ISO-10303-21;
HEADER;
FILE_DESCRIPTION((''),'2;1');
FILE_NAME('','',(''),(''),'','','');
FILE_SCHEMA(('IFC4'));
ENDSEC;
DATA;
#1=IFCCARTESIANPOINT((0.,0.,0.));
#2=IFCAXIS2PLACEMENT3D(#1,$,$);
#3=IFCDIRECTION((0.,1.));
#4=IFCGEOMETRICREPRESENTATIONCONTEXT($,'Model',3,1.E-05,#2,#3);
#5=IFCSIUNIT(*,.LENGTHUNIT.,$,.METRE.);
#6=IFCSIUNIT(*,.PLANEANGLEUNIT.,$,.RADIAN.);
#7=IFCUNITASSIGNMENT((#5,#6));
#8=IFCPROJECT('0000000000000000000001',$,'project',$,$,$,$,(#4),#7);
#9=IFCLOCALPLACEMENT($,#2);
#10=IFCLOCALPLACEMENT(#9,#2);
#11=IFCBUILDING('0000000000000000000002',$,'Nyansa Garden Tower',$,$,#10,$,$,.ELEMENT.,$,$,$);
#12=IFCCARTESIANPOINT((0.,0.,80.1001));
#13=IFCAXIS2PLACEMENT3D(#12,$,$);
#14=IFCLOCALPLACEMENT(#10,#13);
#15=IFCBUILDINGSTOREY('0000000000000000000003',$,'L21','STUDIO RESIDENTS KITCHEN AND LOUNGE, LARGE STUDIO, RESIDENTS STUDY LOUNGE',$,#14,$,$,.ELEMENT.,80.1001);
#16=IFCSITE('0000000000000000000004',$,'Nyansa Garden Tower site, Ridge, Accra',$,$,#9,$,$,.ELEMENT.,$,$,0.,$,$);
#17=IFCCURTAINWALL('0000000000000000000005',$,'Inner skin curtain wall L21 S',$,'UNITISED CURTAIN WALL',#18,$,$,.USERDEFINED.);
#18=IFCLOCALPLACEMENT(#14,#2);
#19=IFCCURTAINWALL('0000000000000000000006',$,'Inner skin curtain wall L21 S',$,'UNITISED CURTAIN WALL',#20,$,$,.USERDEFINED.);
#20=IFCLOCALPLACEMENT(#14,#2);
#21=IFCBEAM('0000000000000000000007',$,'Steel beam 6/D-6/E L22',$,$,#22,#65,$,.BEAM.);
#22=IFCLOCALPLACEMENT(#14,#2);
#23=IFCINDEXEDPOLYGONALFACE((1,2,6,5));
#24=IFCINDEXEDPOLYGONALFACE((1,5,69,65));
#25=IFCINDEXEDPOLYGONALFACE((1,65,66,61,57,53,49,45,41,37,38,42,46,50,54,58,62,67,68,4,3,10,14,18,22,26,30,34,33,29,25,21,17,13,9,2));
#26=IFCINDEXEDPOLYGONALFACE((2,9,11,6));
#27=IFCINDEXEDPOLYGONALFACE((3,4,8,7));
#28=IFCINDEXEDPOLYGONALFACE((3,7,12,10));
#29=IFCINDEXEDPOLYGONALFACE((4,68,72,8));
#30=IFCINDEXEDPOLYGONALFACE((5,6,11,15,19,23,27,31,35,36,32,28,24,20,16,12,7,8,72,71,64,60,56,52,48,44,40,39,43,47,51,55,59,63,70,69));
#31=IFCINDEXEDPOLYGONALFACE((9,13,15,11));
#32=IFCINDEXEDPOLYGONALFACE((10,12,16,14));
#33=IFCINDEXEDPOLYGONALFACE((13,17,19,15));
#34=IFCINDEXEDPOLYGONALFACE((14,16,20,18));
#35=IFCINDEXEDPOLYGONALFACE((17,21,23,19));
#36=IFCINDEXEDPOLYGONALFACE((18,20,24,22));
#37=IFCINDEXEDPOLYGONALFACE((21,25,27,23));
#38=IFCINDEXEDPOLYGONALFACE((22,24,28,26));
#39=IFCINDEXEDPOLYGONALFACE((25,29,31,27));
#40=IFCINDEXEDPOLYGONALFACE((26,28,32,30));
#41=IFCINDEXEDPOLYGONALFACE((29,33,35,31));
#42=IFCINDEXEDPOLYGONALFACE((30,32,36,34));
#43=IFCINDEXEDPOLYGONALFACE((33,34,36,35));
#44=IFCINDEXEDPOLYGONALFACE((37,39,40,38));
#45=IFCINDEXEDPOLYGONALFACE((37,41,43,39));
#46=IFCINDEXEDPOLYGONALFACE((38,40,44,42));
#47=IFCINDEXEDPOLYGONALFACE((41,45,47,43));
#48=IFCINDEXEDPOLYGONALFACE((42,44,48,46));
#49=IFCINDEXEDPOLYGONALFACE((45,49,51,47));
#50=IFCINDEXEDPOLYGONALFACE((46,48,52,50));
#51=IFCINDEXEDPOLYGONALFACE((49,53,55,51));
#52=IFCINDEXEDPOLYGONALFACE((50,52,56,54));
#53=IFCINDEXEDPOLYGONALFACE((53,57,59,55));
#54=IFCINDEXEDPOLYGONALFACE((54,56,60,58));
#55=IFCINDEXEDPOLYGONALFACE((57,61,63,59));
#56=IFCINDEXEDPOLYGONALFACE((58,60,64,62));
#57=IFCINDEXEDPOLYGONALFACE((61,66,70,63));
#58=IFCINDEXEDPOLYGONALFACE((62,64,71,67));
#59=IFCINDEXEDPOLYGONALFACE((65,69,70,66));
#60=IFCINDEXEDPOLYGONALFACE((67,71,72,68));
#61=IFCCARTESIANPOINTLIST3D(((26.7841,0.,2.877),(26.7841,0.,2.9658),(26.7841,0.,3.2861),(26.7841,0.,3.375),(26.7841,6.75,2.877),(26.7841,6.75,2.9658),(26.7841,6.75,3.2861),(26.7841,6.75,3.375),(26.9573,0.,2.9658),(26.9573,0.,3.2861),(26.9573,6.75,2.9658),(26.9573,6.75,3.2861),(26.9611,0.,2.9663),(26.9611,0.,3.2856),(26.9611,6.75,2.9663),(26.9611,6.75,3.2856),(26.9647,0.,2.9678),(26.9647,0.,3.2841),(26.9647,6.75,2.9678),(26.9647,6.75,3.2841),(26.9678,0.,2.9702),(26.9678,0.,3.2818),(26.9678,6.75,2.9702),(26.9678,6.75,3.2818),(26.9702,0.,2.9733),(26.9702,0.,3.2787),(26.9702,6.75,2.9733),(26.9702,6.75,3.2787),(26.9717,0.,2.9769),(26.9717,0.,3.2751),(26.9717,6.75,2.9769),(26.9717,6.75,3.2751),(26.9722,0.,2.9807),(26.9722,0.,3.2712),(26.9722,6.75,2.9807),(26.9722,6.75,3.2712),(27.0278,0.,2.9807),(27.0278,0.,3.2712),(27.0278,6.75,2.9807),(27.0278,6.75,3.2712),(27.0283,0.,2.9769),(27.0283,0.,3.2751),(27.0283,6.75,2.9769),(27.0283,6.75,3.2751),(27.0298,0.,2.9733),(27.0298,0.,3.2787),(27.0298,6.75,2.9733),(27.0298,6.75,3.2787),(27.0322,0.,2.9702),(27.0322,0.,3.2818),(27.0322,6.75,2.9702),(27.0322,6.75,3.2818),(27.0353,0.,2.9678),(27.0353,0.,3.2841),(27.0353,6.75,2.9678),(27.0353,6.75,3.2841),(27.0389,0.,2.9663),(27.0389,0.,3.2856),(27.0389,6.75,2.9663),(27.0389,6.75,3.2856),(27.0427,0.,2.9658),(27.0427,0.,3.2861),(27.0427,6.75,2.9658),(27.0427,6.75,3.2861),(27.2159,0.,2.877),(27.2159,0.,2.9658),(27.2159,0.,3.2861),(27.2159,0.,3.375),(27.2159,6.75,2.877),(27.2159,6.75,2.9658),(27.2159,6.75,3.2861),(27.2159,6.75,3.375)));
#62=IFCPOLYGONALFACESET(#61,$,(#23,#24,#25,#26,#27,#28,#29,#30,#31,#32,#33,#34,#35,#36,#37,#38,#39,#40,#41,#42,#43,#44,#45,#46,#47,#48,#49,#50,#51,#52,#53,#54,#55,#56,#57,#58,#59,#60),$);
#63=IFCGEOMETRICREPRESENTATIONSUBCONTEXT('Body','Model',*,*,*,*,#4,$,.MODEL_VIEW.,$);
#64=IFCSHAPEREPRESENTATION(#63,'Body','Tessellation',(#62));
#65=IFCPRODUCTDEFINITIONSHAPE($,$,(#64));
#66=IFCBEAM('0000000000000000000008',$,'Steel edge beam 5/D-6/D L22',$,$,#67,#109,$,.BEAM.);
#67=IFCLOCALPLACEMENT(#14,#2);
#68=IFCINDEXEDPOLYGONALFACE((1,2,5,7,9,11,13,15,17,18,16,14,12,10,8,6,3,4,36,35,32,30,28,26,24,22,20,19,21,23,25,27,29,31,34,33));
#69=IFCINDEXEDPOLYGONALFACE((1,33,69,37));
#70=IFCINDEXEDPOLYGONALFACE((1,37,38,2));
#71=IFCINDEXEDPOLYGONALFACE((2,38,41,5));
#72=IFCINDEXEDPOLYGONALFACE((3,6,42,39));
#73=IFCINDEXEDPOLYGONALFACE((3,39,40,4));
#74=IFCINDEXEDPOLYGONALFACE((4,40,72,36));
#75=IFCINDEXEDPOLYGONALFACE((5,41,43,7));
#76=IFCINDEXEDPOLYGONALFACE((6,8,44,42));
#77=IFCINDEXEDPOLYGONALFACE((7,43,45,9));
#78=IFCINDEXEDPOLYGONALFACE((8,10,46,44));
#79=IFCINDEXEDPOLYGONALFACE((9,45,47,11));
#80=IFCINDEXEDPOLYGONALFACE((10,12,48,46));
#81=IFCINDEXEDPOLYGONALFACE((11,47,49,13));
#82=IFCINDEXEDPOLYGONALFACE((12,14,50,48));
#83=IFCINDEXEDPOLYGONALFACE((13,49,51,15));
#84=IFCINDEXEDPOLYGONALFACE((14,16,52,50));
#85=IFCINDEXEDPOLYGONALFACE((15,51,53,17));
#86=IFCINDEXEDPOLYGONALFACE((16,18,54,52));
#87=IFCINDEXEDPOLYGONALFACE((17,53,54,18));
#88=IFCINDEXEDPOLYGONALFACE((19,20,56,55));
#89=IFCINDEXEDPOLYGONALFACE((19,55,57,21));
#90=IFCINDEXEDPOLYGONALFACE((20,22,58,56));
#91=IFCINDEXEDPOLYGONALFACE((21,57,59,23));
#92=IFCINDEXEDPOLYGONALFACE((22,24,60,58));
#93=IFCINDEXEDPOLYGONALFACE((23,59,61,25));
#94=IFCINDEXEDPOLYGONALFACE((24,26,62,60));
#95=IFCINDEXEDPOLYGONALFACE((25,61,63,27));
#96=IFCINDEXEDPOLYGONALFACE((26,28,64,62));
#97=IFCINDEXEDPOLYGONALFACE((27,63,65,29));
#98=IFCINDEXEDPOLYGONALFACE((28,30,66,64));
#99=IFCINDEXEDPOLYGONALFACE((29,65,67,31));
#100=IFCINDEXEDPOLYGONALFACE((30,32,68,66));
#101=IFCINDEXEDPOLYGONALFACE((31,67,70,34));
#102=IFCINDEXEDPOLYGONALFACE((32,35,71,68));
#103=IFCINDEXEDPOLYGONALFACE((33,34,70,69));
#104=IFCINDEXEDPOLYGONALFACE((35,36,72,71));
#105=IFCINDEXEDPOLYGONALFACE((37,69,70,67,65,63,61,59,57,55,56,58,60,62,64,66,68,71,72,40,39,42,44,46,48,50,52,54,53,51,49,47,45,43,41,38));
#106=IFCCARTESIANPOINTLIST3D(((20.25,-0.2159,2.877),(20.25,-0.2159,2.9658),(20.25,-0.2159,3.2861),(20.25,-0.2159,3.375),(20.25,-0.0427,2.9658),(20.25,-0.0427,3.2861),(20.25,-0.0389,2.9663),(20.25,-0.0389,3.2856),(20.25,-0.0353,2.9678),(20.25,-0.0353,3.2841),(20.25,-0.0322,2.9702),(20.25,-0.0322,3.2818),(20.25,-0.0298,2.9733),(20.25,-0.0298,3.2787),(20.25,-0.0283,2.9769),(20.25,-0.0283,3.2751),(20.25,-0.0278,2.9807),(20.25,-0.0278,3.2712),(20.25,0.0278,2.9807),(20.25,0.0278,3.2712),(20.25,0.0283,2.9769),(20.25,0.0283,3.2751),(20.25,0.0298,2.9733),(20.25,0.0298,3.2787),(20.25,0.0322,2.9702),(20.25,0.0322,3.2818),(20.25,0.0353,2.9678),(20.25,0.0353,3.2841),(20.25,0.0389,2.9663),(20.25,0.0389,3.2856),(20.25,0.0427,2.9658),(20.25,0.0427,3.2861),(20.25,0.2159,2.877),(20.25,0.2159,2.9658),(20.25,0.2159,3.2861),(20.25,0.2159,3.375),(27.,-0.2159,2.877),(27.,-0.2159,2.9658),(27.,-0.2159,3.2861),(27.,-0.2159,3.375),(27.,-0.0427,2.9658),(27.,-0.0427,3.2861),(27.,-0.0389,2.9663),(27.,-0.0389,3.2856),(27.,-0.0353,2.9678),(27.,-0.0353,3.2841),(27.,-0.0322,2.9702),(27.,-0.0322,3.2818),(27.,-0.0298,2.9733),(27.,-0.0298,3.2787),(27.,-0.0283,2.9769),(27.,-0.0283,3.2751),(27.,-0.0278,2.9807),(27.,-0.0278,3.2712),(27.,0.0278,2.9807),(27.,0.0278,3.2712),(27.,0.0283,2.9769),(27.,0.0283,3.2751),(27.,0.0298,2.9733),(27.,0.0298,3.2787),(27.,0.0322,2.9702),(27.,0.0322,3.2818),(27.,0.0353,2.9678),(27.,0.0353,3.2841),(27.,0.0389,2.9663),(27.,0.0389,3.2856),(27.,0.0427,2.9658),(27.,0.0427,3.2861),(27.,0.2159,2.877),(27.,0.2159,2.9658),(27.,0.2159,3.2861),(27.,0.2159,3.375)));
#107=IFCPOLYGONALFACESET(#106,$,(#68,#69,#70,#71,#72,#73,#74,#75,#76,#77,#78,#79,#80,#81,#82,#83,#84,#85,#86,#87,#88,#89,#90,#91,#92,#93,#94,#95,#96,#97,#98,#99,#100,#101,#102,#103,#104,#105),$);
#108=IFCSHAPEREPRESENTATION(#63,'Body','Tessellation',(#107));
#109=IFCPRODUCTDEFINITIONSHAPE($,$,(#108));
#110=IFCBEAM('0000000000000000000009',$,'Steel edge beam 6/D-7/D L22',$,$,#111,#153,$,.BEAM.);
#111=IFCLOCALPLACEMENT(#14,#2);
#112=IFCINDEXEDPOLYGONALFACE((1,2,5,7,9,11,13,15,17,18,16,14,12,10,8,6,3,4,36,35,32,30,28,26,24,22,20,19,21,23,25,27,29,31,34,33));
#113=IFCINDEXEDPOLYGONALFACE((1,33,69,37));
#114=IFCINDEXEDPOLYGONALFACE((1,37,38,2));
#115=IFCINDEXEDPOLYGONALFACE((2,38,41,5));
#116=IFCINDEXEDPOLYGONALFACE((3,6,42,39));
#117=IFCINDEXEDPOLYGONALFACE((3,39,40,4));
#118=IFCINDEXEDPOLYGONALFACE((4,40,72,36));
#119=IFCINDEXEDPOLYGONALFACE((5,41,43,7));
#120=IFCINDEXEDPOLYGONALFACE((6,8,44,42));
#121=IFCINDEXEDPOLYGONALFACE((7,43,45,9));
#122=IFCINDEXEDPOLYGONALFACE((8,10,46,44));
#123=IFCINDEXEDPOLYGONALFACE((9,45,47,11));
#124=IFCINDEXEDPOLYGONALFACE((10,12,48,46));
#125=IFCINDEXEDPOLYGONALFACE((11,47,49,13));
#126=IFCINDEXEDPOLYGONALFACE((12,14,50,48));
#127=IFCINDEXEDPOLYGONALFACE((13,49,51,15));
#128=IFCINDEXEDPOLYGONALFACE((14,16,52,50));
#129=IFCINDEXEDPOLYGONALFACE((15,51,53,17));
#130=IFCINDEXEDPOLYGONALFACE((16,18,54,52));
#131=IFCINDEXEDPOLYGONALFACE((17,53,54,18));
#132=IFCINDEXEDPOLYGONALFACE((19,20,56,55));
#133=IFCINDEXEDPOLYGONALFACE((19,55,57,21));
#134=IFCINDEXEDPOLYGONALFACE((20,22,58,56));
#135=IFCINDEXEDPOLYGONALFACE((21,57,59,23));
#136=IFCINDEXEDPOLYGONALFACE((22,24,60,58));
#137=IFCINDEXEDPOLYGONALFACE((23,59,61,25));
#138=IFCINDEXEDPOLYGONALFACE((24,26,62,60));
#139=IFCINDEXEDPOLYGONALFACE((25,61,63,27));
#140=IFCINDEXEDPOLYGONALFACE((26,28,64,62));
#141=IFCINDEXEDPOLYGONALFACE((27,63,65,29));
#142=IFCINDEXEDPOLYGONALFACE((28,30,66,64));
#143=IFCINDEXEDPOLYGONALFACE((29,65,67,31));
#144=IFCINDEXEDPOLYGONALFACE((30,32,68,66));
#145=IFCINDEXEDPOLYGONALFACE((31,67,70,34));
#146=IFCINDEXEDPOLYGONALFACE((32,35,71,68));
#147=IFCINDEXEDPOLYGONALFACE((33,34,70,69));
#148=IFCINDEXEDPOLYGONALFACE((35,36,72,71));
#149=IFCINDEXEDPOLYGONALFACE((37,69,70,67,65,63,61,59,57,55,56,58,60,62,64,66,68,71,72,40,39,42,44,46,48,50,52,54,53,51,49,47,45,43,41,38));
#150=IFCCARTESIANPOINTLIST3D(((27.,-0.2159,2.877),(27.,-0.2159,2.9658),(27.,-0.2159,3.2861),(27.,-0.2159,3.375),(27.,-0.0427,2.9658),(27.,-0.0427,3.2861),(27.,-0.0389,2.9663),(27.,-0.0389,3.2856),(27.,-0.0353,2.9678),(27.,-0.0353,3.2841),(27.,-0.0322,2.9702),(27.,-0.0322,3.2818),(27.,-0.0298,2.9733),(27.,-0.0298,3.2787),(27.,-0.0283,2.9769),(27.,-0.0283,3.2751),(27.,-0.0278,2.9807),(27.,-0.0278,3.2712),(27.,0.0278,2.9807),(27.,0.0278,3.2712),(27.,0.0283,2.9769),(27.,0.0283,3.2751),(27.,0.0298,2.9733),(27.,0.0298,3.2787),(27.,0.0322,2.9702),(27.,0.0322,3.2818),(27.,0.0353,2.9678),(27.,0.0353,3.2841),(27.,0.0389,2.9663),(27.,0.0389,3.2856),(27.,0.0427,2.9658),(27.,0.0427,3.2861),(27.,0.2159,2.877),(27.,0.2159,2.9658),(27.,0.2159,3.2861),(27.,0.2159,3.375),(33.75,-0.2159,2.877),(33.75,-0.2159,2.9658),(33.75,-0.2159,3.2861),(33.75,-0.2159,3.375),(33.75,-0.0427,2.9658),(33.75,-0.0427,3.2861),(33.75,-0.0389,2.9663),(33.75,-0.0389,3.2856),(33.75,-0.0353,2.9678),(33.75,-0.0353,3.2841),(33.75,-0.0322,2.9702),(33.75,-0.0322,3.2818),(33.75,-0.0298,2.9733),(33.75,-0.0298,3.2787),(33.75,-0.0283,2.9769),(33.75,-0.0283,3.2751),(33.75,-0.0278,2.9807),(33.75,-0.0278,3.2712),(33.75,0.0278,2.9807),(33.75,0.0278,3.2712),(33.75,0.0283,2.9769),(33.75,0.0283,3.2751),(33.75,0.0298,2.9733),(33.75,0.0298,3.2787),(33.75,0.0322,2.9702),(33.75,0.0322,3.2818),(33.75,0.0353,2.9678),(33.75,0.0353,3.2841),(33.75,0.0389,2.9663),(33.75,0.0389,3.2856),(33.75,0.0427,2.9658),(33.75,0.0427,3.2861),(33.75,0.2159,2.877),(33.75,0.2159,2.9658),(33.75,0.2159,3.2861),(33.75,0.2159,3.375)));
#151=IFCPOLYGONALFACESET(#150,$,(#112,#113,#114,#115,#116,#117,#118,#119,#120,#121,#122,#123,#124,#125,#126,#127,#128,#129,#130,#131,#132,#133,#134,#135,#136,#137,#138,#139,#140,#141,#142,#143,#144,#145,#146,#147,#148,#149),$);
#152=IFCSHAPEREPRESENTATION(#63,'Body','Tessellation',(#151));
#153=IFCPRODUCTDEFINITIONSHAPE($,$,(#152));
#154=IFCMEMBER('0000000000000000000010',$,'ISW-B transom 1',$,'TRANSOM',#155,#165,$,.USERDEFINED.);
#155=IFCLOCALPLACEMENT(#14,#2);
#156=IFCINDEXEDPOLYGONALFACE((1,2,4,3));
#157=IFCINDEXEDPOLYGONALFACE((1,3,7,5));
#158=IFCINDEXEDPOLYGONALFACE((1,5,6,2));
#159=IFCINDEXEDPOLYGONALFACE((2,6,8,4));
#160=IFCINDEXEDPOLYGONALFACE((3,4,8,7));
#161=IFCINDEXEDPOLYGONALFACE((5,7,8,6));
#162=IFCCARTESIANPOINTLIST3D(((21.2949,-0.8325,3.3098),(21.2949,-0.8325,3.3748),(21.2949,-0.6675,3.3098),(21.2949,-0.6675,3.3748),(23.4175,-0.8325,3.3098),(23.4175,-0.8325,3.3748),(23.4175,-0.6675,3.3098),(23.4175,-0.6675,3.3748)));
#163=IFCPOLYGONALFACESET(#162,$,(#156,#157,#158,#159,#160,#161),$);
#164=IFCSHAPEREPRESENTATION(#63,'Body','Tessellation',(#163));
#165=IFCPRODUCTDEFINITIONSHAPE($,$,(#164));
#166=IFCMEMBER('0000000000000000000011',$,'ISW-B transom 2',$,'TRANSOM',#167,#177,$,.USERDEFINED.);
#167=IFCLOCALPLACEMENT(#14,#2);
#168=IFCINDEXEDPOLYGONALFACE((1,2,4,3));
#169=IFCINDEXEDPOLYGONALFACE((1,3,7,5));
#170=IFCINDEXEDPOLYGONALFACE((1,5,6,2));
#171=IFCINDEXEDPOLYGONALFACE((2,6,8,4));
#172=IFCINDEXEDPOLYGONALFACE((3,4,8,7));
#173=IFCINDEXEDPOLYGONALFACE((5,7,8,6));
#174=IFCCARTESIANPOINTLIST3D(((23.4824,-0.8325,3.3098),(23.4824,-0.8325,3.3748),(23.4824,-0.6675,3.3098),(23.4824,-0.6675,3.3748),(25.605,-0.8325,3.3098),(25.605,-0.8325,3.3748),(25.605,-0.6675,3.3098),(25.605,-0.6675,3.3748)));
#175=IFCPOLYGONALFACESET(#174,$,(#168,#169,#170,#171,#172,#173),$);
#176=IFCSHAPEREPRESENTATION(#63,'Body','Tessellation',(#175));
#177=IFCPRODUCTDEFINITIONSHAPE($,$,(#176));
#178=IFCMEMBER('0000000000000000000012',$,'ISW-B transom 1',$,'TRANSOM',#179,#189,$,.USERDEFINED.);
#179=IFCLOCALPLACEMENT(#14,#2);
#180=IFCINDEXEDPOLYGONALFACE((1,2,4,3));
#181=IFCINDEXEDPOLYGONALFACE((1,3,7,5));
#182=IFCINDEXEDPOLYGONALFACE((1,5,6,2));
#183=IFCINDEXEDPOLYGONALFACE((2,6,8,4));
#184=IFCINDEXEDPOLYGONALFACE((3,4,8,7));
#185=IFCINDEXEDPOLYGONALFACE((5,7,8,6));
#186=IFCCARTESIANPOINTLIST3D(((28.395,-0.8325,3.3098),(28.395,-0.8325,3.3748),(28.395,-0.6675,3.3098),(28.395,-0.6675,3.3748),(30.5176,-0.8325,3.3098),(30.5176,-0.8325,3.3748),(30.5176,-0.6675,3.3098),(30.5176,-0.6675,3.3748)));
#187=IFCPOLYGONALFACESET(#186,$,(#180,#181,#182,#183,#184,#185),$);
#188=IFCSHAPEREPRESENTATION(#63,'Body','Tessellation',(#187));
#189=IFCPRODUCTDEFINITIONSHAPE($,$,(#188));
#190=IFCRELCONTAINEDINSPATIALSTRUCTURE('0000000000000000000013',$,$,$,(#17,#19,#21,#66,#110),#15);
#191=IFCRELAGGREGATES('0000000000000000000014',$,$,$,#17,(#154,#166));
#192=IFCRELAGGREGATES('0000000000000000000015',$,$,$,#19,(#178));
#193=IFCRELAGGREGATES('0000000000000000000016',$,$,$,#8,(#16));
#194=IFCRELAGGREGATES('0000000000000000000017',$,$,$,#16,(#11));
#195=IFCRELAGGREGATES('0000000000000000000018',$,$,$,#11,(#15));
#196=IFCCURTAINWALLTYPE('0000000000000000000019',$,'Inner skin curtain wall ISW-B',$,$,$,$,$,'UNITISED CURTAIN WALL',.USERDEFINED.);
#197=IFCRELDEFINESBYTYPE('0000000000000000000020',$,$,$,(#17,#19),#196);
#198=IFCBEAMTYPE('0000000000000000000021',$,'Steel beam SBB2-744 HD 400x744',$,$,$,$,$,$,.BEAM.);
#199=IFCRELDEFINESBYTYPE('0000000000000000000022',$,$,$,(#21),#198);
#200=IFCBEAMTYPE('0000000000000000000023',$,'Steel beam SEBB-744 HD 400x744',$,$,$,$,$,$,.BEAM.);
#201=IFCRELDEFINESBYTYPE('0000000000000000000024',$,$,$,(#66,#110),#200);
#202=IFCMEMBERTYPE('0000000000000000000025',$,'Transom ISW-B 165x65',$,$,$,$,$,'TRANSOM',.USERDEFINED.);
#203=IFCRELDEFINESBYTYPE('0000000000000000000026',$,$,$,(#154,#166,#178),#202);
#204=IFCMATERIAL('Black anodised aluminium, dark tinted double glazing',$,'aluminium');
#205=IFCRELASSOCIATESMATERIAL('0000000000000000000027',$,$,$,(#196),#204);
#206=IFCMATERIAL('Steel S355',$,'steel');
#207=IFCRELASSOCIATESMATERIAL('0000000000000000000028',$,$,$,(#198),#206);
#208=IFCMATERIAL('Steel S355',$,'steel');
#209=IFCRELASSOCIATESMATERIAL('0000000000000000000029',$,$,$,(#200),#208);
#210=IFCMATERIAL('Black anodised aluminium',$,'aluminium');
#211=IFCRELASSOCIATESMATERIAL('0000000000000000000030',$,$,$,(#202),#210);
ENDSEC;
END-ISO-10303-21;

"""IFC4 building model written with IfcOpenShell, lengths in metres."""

from ifc_helpers import new_model, si_unit, direction, frame, origin, origin_2d, place, context, subcontext, project, spatial, rectangle, i_section, extrude, material, material_profile, profile_set, type_object, element, aggregate, save


model = new_model("IFC4")

# Units and contexts
model_context = context("Model", 3, precision=1e-05, world=origin(), true_north=direction((0.0, 1.0)))
body_context = subcontext(model_context, "Body", "Model", "MODEL_VIEW")
ifc_project = project(units=[si_unit("LENGTHUNIT", "METRE"), si_unit("PLANEANGLEUNIT", "RADIAN")], contexts=[model_context])

# Site, building, storey
site_placement = place(None, origin())
site = spatial("IfcSite", under=ifc_project, at=site_placement, Name="Nyansa Garden Tower site, Ridge, Accra", CompositionType="ELEMENT", RefElevation=0.0)
building_placement = place(site_placement, origin())
building = spatial("IfcBuilding", under=site, at=building_placement, Name="Nyansa Garden Tower", CompositionType="ELEMENT")
storey_placement = place(building_placement, frame((0.0, 0.0, 80.1001)))
storey = spatial("IfcBuildingStorey", under=building, at=storey_placement, Name="L21", Description="STUDIO RESIDENTS KITCHEN AND LOUNGE, LARGE STUDIO, RESIDENTS STUDY LOUNGE", CompositionType="ELEMENT", Elevation=80.1001)

# Curtain wall
ifc_material_1 = material(Name="Black anodised aluminium, dark tinted double glazing", Category="aluminium")
curtain_wall_type = type_object("IfcCurtainWallType", Name="Inner skin curtain wall ISW-B", ElementType="UNITISED CURTAIN WALL", PredefinedType="USERDEFINED", material=ifc_material_1)
curtain_wall_1_placement = place(storey_placement, origin())
curtain_wall_1 = element("IfcCurtainWall", 1, at=curtain_wall_1_placement, inside=storey, type_object=curtain_wall_type, Name="Inner skin curtain wall L21 S", ObjectType="UNITISED CURTAIN WALL", PredefinedType="USERDEFINED")

# Curtain wall
curtain_wall_2_placement = place(storey_placement, origin())
curtain_wall_2 = element("IfcCurtainWall", 2, at=curtain_wall_2_placement, inside=storey, type_object=curtain_wall_type, Name="Inner skin curtain wall L21 S", ObjectType="UNITISED CURTAIN WALL", PredefinedType="USERDEFINED")

# Beams
ifc_material_2 = material(Name="Steel S355", Category="steel")
ifc_material_profile_1 = material_profile(ifc_material_2, i_section(OverallWidth=0.4319, OverallDepth=0.498, WebThickness=0.0557, FlangeThickness=0.0889, FilletRadius=0.0149, at=origin_2d()), Name="HD 400x744")
ifc_profile_set_1 = profile_set([ifc_material_profile_1], Name="Steel S355")
beam_type_1 = type_object("IfcBeamType", Name="Steel beam SBB2-744 HD 400x744", PredefinedType="BEAM", material=ifc_profile_set_1)
for number, where, z_axis, x_axis, name in (
    (3, (27.0, 0.0, 3.126), (0.0, 1.0, 0.0), (-1.0, 0.0, 0.0), "Steel beam 6/D-6/E L22"),
):
    element("IfcBeam", number, at=place(storey_placement, frame(where, z_axis=z_axis, x_axis=x_axis)), inside=storey, type_object=beam_type_1, Name=name, PredefinedType="BEAM", context=body_context, shape_type="SweptSolid", body=[
        extrude(i_section(OverallWidth=0.4319, OverallDepth=0.498, WebThickness=0.0557, FlangeThickness=0.0889, FilletRadius=0.0149, at=origin_2d()), origin(), (0.0, 0.0, 1.0), 6.75),
    ])
ifc_material_3 = material(Name="Steel S355", Category="steel")
ifc_material_profile_2 = material_profile(ifc_material_3, i_section(OverallWidth=0.4319, OverallDepth=0.498, WebThickness=0.0557, FlangeThickness=0.0889, FilletRadius=0.0149, at=origin_2d()), Name="HD 400x744")
ifc_profile_set_2 = profile_set([ifc_material_profile_2], Name="Steel S355")
beam_type_2 = type_object("IfcBeamType", Name="Steel beam SEBB-744 HD 400x744", PredefinedType="BEAM", material=ifc_profile_set_2)
for number, where, z_axis, x_axis, name in (
    (4, (20.25, 0.0, 3.126), (1.0, 0.0, 0.0), (0.0, 1.0, 0.0), "Steel edge beam 5/D-6/D L22"),
    (5, (27.0, 0.0, 3.126), (1.0, 0.0, 0.0), (0.0, 1.0, 0.0), "Steel edge beam 6/D-7/D L22"),
):
    element("IfcBeam", number, at=place(storey_placement, frame(where, z_axis=z_axis, x_axis=x_axis)), inside=storey, type_object=beam_type_2, Name=name, PredefinedType="BEAM", context=body_context, shape_type="SweptSolid", body=[
        extrude(i_section(OverallWidth=0.4319, OverallDepth=0.498, WebThickness=0.0557, FlangeThickness=0.0889, FilletRadius=0.0149, at=origin_2d()), origin(), (0.0, 0.0, 1.0), 6.75),
    ])

# Members
ifc_material_4 = material(Name="Black anodised aluminium", Category="aluminium")
ifc_material_profile_3 = material_profile(ifc_material_4, rectangle(XDim=0.165, YDim=0.0649, at=origin_2d()), Name="Transom 165x65")
ifc_profile_set_3 = profile_set([ifc_material_profile_3], Name="Black anodised aluminium")
member_type_1 = type_object("IfcMemberType", Name="Transom ISW-B 165x65", ElementType="TRANSOM", PredefinedType="USERDEFINED", material=ifc_profile_set_3)
member_1_placement = place(storey_placement, frame((21.2949, -0.75, 3.3423), z_axis=(1.0, 0.0, 0.0), x_axis=(0.0, 1.0, 0.0)))
member_1 = element("IfcMember", 6, at=member_1_placement, type_object=member_type_1, Name="ISW-B transom 1", ObjectType="TRANSOM", PredefinedType="USERDEFINED", context=body_context, shape_type="SweptSolid", body=[
    extrude(rectangle(XDim=0.165, YDim=0.0649, at=origin_2d()), origin(), (0.0, 0.0, 1.0), 2.1226),
])
member_2_placement = place(storey_placement, frame((23.4824, -0.75, 3.3423), z_axis=(1.0, 0.0, 0.0), x_axis=(0.0, 1.0, 0.0)))
member_2 = element("IfcMember", 7, at=member_2_placement, type_object=member_type_1, Name="ISW-B transom 2", ObjectType="TRANSOM", PredefinedType="USERDEFINED", context=body_context, shape_type="SweptSolid", body=[
    extrude(rectangle(XDim=0.165, YDim=0.0649, at=origin_2d()), origin(), (0.0, 0.0, 1.0), 2.1226),
])
member_3_placement = place(storey_placement, frame((28.395, -0.75, 3.3423), z_axis=(1.0, 0.0, 0.0), x_axis=(0.0, 1.0, 0.0)))
member_3 = element("IfcMember", 8, at=member_3_placement, type_object=member_type_1, Name="ISW-B transom 1", ObjectType="TRANSOM", PredefinedType="USERDEFINED", context=body_context, shape_type="SweptSolid", body=[
    extrude(rectangle(XDim=0.165, YDim=0.0649, at=origin_2d()), origin(), (0.0, 0.0, 1.0), 2.1226),
])

aggregate(curtain_wall_1, [member_1, member_2])
aggregate(curtain_wall_2, [member_3])

save(model, "model.ifc")
